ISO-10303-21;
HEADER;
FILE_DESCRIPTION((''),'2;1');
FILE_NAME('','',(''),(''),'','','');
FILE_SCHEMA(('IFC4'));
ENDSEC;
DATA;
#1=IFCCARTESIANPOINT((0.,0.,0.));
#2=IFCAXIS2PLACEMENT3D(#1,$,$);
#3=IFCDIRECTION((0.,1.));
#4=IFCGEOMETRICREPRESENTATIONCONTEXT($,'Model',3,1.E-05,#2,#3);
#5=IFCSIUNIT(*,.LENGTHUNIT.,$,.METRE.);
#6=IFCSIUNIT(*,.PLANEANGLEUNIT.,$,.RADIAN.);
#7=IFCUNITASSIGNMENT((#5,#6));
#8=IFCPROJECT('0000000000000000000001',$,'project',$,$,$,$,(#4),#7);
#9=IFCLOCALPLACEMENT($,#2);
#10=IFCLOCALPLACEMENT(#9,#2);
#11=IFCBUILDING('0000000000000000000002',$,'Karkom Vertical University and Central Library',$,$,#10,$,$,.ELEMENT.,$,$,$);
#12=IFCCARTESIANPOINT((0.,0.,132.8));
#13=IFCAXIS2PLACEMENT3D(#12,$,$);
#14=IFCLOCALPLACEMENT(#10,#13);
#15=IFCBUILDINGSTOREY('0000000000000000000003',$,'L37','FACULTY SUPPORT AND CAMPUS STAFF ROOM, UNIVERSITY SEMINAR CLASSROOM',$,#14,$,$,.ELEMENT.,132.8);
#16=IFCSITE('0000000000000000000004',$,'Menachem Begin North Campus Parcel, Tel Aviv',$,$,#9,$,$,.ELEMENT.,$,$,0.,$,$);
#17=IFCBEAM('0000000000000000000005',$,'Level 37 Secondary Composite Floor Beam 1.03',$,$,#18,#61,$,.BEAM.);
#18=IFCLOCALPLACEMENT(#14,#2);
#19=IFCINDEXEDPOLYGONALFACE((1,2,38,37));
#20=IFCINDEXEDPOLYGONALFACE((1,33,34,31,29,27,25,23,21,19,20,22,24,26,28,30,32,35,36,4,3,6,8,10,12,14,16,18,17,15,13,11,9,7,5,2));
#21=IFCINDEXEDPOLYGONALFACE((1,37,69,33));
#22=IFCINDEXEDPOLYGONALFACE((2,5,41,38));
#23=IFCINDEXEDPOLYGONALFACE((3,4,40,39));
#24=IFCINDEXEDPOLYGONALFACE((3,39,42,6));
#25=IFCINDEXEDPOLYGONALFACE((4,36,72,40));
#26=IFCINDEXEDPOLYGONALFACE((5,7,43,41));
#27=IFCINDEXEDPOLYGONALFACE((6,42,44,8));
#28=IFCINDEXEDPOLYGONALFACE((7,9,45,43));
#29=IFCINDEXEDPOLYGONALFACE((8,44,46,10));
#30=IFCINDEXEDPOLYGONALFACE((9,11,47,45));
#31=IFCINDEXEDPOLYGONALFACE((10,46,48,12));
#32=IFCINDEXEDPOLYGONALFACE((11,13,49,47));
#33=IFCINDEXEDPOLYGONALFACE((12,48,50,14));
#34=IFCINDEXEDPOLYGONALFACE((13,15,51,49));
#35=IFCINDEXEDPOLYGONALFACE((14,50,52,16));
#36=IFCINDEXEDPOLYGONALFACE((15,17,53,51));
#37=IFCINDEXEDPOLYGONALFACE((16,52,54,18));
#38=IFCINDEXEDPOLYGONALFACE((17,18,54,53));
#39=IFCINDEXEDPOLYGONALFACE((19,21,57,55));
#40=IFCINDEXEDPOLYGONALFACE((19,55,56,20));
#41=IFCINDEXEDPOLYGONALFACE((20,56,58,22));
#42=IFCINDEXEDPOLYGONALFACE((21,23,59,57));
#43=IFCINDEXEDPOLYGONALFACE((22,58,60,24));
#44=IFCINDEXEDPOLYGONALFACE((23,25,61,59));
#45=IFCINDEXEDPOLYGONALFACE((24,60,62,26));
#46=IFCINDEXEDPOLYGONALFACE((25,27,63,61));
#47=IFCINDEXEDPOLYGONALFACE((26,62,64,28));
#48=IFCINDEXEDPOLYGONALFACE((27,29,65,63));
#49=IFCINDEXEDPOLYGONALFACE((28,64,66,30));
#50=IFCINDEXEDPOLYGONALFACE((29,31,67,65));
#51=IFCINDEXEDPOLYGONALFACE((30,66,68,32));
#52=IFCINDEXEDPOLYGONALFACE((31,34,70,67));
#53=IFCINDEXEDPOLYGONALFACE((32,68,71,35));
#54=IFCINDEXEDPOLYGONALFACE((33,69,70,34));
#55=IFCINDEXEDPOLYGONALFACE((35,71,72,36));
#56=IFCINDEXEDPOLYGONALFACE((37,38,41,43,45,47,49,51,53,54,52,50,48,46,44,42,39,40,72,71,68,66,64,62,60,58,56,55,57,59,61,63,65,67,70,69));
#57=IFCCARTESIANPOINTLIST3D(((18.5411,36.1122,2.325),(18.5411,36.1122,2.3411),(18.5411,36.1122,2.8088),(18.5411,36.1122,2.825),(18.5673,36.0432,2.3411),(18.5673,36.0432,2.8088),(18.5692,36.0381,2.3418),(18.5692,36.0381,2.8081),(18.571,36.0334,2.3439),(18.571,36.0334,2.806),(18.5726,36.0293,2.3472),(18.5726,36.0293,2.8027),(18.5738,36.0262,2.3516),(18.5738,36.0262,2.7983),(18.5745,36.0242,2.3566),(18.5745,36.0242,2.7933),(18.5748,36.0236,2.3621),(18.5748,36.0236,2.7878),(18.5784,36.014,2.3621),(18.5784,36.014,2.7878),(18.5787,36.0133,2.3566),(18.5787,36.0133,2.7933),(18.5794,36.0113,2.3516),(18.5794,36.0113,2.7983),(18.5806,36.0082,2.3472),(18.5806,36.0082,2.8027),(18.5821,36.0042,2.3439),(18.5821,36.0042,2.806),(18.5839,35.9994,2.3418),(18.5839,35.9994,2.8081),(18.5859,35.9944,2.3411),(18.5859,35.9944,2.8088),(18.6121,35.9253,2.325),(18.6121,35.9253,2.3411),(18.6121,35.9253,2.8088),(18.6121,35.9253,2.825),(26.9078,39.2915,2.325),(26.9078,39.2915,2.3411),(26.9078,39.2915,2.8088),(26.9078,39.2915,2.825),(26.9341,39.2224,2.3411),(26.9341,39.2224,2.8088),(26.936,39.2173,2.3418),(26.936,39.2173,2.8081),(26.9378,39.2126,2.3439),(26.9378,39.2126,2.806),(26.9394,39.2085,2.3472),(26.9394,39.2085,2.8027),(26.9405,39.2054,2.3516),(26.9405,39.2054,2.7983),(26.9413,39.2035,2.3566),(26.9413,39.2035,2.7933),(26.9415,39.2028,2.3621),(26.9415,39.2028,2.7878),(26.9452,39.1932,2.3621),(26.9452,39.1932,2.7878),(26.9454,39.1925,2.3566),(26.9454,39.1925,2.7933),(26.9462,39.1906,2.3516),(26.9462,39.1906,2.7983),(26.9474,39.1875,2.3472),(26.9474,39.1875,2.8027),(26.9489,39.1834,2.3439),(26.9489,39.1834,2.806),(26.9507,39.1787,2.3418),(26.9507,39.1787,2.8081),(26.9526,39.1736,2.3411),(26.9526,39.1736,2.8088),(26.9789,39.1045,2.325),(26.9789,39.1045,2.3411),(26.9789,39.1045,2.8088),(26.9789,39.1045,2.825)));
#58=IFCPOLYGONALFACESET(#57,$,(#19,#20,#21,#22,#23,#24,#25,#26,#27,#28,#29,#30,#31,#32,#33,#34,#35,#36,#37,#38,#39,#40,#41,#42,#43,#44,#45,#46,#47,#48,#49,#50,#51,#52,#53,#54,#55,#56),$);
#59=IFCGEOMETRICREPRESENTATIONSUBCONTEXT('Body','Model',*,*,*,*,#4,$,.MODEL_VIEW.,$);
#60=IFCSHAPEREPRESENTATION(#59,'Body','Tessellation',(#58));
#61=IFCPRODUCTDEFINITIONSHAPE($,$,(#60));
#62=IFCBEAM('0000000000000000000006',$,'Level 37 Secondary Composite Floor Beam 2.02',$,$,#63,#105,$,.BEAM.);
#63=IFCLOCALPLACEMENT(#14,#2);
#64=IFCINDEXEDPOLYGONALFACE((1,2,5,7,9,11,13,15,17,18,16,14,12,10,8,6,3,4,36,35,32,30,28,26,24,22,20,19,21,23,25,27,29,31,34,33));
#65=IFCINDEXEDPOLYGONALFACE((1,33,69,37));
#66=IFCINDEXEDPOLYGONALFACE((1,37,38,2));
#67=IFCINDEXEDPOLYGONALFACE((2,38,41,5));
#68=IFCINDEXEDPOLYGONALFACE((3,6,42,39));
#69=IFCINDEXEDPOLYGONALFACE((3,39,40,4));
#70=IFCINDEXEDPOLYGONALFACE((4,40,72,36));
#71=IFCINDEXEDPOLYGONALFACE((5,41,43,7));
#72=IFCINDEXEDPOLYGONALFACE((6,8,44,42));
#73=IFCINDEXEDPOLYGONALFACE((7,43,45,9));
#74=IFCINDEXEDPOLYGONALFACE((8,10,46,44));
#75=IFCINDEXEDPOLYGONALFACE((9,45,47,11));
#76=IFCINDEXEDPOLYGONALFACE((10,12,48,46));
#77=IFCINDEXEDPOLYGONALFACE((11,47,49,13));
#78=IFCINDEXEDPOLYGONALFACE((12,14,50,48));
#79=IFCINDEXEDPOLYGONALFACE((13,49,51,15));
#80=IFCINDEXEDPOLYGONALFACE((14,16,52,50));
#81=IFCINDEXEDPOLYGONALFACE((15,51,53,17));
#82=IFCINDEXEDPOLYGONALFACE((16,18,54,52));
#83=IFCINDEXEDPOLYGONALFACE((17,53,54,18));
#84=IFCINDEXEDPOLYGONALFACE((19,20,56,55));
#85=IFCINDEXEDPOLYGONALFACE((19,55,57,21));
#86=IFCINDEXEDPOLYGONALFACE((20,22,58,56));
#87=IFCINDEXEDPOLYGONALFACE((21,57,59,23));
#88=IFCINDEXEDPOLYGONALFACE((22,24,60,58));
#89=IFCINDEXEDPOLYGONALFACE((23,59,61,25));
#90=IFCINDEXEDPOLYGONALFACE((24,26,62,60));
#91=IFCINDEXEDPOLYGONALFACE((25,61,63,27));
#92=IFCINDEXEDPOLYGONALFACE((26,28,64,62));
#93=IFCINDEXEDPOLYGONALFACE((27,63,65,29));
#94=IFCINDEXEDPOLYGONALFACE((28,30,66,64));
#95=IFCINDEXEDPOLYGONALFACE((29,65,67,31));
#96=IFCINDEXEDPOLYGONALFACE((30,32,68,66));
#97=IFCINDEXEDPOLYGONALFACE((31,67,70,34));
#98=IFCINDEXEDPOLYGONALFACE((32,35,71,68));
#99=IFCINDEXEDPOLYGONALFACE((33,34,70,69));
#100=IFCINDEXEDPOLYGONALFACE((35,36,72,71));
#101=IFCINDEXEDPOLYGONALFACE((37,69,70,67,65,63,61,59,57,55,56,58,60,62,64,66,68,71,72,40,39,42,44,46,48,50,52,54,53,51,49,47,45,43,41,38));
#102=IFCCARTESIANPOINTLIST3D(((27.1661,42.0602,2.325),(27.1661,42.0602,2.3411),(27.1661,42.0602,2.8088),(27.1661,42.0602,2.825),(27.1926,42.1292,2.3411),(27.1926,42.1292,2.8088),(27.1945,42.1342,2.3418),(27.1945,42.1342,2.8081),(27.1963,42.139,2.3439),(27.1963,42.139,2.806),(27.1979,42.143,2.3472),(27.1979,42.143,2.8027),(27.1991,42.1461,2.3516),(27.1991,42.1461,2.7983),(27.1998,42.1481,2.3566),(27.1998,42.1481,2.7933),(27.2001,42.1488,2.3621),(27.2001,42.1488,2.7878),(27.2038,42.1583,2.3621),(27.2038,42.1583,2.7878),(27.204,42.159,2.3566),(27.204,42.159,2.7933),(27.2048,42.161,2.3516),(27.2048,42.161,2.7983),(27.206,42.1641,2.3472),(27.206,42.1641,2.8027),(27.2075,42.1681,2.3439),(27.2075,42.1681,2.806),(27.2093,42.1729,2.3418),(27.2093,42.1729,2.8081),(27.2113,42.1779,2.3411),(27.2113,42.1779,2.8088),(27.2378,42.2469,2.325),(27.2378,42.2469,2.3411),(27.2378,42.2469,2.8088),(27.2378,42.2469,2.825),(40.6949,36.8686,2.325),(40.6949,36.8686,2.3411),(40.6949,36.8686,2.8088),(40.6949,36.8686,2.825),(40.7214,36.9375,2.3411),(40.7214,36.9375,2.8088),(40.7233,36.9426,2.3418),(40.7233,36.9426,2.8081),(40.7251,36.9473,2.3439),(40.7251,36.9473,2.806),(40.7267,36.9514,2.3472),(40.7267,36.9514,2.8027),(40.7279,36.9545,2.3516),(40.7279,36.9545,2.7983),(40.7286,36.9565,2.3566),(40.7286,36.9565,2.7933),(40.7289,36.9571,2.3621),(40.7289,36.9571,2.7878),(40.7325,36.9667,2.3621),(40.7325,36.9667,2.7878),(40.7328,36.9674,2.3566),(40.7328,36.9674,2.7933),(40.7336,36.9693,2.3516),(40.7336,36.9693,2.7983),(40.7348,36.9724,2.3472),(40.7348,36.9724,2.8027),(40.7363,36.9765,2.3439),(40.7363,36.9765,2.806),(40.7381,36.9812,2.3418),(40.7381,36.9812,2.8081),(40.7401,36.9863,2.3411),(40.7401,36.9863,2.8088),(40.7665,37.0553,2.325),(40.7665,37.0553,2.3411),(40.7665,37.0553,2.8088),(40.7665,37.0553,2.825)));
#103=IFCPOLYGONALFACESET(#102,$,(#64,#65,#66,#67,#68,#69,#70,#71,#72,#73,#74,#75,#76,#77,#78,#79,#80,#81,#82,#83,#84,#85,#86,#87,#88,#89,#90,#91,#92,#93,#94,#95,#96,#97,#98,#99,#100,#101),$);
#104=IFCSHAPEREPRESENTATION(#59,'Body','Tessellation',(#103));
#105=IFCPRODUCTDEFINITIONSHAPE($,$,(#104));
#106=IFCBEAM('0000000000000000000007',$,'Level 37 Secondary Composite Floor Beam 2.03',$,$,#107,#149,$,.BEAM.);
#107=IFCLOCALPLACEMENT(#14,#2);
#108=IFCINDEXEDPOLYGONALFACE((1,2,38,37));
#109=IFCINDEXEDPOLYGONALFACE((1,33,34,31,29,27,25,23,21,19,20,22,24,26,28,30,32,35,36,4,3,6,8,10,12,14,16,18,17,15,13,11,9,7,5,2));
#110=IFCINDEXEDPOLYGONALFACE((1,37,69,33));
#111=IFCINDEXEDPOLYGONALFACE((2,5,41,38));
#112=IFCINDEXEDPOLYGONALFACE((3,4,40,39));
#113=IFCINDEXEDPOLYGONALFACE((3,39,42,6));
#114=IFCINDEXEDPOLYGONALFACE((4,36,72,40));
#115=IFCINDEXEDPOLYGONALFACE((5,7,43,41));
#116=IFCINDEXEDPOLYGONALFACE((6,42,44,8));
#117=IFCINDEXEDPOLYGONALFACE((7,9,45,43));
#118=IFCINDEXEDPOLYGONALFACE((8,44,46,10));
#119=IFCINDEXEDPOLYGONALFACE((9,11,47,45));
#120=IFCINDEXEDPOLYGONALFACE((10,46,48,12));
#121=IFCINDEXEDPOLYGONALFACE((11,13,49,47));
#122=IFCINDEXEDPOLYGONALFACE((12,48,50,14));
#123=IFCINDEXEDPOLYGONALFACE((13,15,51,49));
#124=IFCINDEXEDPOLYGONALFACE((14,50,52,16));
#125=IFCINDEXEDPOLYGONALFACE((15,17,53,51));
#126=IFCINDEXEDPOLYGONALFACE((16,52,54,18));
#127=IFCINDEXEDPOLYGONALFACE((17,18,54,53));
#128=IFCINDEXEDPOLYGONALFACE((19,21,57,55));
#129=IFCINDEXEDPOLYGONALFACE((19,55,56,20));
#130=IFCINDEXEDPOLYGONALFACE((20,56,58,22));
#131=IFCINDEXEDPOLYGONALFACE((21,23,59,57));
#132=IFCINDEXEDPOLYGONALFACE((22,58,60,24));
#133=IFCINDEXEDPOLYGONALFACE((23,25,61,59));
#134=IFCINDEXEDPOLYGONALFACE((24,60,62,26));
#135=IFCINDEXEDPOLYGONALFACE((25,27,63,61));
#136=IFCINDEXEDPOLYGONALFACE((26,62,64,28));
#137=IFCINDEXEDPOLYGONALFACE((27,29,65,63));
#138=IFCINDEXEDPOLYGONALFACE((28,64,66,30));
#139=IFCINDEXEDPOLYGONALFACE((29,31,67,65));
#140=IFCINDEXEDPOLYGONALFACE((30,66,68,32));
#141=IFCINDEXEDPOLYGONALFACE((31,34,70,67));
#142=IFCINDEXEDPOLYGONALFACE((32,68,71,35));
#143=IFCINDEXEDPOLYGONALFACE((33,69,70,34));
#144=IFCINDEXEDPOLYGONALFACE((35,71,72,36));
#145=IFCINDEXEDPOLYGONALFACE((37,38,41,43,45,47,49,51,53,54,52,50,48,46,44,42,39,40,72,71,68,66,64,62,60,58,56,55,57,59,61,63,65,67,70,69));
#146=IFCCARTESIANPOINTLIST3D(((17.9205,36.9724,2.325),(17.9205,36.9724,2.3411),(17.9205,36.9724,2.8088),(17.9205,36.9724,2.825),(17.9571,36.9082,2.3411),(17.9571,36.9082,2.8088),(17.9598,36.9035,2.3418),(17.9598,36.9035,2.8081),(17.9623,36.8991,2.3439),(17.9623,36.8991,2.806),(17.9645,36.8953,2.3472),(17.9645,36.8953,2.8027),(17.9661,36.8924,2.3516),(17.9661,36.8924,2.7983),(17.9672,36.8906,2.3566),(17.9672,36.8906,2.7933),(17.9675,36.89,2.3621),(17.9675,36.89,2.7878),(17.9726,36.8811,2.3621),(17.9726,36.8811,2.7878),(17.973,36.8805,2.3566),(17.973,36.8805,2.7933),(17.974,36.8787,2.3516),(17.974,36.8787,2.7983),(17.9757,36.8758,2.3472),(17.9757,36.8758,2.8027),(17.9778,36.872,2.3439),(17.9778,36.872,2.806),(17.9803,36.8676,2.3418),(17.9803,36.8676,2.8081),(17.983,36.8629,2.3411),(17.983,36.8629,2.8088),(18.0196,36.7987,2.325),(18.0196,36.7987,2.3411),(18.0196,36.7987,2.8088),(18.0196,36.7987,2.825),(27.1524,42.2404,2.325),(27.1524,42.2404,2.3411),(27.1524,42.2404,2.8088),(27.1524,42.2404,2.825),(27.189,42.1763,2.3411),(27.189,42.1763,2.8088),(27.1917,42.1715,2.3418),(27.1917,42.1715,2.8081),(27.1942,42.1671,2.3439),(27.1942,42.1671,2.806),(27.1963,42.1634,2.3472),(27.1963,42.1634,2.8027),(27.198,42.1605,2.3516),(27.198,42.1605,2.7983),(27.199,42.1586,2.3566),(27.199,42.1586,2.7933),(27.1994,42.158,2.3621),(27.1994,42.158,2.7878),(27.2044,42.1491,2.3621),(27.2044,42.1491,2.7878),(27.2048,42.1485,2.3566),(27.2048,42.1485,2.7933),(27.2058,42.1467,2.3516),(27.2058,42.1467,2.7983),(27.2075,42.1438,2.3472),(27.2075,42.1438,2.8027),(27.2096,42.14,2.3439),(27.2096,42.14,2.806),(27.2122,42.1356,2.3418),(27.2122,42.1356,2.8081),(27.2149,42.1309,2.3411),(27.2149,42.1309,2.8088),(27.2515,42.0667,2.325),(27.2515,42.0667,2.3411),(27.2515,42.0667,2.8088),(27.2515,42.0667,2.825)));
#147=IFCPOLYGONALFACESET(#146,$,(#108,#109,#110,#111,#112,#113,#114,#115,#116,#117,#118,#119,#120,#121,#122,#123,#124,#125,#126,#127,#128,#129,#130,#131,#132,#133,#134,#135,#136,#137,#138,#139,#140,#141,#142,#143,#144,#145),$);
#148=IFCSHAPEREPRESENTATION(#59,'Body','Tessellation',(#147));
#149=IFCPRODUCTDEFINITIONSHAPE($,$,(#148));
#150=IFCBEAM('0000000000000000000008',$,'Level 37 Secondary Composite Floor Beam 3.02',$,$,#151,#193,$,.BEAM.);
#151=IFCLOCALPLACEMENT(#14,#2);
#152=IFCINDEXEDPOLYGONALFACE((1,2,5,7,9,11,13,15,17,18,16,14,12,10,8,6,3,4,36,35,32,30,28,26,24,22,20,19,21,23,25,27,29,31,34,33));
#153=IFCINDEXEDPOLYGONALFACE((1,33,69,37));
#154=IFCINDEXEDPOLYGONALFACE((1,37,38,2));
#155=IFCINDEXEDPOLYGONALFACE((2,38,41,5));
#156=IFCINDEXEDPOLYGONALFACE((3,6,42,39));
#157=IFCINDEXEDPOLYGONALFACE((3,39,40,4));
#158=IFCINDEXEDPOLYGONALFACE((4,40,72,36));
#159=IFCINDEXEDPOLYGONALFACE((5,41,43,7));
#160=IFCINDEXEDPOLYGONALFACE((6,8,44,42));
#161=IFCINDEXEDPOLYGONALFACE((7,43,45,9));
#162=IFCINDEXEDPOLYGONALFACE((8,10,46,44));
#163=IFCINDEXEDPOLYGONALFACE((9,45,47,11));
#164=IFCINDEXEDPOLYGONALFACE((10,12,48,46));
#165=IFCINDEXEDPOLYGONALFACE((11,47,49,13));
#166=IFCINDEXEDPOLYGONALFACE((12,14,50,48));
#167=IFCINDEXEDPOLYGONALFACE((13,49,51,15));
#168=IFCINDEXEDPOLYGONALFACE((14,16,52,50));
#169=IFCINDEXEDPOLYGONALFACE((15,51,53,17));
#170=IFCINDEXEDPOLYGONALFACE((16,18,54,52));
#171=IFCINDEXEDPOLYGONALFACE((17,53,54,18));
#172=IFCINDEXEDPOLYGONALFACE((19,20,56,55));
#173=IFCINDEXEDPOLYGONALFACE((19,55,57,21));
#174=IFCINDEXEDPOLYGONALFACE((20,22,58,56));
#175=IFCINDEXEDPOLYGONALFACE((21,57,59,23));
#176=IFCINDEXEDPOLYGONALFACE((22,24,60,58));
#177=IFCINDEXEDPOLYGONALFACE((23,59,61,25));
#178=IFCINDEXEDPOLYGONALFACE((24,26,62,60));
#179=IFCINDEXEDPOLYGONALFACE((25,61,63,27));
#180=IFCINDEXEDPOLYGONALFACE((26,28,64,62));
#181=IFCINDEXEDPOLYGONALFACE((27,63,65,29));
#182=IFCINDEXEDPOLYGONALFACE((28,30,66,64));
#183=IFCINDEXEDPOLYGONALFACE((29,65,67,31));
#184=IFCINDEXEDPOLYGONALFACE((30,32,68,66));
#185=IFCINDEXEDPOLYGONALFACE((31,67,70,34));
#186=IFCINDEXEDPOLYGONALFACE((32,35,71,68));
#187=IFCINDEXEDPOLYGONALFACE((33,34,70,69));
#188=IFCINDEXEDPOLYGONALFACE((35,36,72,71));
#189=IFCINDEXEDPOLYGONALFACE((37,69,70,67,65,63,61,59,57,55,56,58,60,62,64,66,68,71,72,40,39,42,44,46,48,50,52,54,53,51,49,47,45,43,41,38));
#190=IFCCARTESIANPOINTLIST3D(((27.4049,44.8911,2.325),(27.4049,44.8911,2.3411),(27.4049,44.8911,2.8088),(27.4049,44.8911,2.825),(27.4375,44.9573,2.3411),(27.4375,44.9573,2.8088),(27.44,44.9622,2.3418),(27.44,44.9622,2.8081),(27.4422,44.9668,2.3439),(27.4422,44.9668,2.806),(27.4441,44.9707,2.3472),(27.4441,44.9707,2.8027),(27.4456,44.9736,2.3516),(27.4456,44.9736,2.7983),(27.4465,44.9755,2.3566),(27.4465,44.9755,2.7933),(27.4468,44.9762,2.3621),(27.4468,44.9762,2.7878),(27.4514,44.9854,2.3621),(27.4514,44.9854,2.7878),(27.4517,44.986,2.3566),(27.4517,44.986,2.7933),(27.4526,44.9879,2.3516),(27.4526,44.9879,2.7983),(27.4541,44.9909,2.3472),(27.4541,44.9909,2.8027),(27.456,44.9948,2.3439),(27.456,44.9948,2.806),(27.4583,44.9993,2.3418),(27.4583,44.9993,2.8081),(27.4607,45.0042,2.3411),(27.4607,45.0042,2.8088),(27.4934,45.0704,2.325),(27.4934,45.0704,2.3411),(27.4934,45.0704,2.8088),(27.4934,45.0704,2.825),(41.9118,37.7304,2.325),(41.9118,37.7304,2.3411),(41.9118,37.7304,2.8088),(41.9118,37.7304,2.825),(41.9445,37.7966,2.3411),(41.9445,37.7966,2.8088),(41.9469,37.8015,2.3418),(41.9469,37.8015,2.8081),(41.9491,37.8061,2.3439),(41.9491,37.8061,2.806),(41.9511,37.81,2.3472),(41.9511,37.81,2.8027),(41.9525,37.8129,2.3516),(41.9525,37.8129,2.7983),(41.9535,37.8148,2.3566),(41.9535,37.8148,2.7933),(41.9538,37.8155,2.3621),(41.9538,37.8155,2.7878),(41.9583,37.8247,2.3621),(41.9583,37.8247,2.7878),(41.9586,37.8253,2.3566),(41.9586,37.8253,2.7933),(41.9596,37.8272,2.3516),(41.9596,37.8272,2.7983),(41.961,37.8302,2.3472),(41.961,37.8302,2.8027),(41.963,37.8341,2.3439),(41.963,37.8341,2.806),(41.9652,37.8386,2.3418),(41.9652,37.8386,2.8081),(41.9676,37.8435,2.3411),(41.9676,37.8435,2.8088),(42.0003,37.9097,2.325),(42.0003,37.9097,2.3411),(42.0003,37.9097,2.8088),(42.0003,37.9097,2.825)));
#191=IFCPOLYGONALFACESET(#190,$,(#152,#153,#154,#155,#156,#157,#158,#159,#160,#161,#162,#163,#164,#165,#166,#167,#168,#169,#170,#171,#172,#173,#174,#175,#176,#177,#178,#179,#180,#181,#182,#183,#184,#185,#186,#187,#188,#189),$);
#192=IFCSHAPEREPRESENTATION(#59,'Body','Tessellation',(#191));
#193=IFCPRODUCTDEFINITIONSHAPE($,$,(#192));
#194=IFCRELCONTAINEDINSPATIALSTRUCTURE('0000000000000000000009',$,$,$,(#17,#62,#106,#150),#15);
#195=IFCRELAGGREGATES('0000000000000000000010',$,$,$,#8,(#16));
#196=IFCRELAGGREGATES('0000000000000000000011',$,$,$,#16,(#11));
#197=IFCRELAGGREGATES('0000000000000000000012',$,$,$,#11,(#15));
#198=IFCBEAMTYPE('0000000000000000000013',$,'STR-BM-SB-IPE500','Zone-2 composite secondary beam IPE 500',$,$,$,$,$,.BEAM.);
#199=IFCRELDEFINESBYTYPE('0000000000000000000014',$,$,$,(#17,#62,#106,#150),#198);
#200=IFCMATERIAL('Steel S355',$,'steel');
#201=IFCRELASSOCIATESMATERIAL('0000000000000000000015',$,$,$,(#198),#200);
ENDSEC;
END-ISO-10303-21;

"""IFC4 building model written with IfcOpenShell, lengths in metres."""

from ifc_helpers import new_model, si_unit, direction, frame, origin, origin_with_axes, origin_2d, place, context, subcontext, project, spatial, i_section, extrude, source, transform, mapped, material, material_profile, profile_set, type_object, element, save


model = new_model("IFC4")

# Units and contexts
model_context = context("Model", 3, precision=1e-05, world=origin(), true_north=direction((0.0, 1.0)))
body_context = subcontext(model_context, "Body", "Model", "MODEL_VIEW")
ifc_project = project(units=[si_unit("LENGTHUNIT", "METRE"), si_unit("PLANEANGLEUNIT", "RADIAN")], contexts=[model_context])

# Site, building, storey
site_placement = place(None, origin())
site = spatial("IfcSite", under=ifc_project, at=site_placement, Name="Menachem Begin North Campus Parcel, Tel Aviv", CompositionType="ELEMENT", RefElevation=0.0)
building_placement = place(site_placement, origin())
building = spatial("IfcBuilding", under=site, at=building_placement, Name="Karkom Vertical University and Central Library", CompositionType="ELEMENT")
storey_placement = place(building_placement, frame((0.0, 0.0, 132.8)))
storey = spatial("IfcBuildingStorey", under=building, at=storey_placement, Name="L37", Description="FACULTY SUPPORT AND CAMPUS STAFF ROOM, UNIVERSITY SEMINAR CLASSROOM", CompositionType="ELEMENT", Elevation=132.8)

# Beams
ifc_material_1 = material(Name="Steel S355", Category="steel")
ifc_material_profile_1 = material_profile(ifc_material_1, i_section(OverallWidth=0.2, OverallDepth=0.5, WebThickness=0.0103, FlangeThickness=0.0161, FilletRadius=0.021, at=origin_2d()), Name="IPE 500")
ifc_profile_set_1 = profile_set([ifc_material_profile_1], Name="Steel S355")
beam_type_1 = type_object("IfcBeamType", Name="STR-BM-SB-IPE500", Description="Zone-2 composite secondary beam IPE 500", PredefinedType="BEAM", material=ifc_profile_set_1)
shared_shape_1 = source(origin_with_axes(), body_context, "Body", "SweptSolid", [
    extrude(i_section(OverallWidth=0.2, OverallDepth=0.5, WebThickness=0.0103, FlangeThickness=0.0161, FilletRadius=0.021, at=origin_2d()), origin(), (0.0, 0.0, 1.0), 8.9504),
])
beam_1_placement = place(storey_placement, frame((26.9434, 39.198, 2.575), z_axis=(-0.934789, -0.355203, 0.0), x_axis=(0.355203, -0.934789, 0.0)))
element("IfcBeam", 1, at=beam_1_placement, inside=storey, type_object=beam_type_1, Name="Level 37 Secondary Composite Floor Beam 1.03", PredefinedType="BEAM", context=body_context, shape_type="MappedRepresentation", body=[
    mapped(shared_shape_1, transform((0.0, 0.0, 0.0), scale=1.0)),
])
shared_shape_2 = source(origin_with_axes(), body_context, "Body", "SweptSolid", [
    extrude(i_section(OverallWidth=0.2, OverallDepth=0.5, WebThickness=0.0103, FlangeThickness=0.0161, FilletRadius=0.021, at=origin_2d()), origin(), (0.0, 0.0, 1.0), 14.4907),
])
beam_2_placement = place(storey_placement, frame((40.7307, 36.9619, 2.575), z_axis=(-0.933617, 0.358273, 0.0), x_axis=(-0.358273, -0.933617, 0.0)))
element("IfcBeam", 2, at=beam_2_placement, inside=storey, type_object=beam_type_1, Name="Level 37 Secondary Composite Floor Beam 2.02", PredefinedType="BEAM", context=body_context, shape_type="MappedRepresentation", body=[
    mapped(shared_shape_2, transform((0.0, 0.0, 0.0), scale=1.0)),
])
shared_shape_3 = source(origin_with_axes(), body_context, "Body", "SweptSolid", [
    extrude(i_section(OverallWidth=0.2, OverallDepth=0.5, WebThickness=0.0103, FlangeThickness=0.0161, FilletRadius=0.021, at=origin_2d()), origin(), (0.0, 0.0, 1.0), 10.6292),
])
beam_3_placement = place(storey_placement, frame((27.2019, 42.1536, 2.575), z_axis=(-0.86854, -0.495619, 0.0), x_axis=(0.495619, -0.86854, 0.0)))
element("IfcBeam", 3, at=beam_3_placement, inside=storey, type_object=beam_type_1, Name="Level 37 Secondary Composite Floor Beam 2.03", PredefinedType="BEAM", context=body_context, shape_type="MappedRepresentation", body=[
    mapped(shared_shape_3, transform((0.0, 0.0, 0.0), scale=1.0)),
])
shared_shape_4 = source(origin_with_axes(), body_context, "Body", "SweptSolid", [
    extrude(i_section(OverallWidth=0.2, OverallDepth=0.5, WebThickness=0.0103, FlangeThickness=0.0161, FilletRadius=0.021, at=origin_2d()), origin(), (0.0, 0.0, 1.0), 16.178),
])
beam_4_placement = place(storey_placement, frame((41.9561, 37.8201, 2.575), z_axis=(-0.896709, 0.44262, 0.0), x_axis=(-0.44262, -0.896709, 0.0)))
element("IfcBeam", 4, at=beam_4_placement, inside=storey, type_object=beam_type_1, Name="Level 37 Secondary Composite Floor Beam 3.02", PredefinedType="BEAM", context=body_context, shape_type="MappedRepresentation", body=[
    mapped(shared_shape_4, transform((0.0, 0.0, 0.0), scale=1.0)),
])

save(model, "model.ifc")
